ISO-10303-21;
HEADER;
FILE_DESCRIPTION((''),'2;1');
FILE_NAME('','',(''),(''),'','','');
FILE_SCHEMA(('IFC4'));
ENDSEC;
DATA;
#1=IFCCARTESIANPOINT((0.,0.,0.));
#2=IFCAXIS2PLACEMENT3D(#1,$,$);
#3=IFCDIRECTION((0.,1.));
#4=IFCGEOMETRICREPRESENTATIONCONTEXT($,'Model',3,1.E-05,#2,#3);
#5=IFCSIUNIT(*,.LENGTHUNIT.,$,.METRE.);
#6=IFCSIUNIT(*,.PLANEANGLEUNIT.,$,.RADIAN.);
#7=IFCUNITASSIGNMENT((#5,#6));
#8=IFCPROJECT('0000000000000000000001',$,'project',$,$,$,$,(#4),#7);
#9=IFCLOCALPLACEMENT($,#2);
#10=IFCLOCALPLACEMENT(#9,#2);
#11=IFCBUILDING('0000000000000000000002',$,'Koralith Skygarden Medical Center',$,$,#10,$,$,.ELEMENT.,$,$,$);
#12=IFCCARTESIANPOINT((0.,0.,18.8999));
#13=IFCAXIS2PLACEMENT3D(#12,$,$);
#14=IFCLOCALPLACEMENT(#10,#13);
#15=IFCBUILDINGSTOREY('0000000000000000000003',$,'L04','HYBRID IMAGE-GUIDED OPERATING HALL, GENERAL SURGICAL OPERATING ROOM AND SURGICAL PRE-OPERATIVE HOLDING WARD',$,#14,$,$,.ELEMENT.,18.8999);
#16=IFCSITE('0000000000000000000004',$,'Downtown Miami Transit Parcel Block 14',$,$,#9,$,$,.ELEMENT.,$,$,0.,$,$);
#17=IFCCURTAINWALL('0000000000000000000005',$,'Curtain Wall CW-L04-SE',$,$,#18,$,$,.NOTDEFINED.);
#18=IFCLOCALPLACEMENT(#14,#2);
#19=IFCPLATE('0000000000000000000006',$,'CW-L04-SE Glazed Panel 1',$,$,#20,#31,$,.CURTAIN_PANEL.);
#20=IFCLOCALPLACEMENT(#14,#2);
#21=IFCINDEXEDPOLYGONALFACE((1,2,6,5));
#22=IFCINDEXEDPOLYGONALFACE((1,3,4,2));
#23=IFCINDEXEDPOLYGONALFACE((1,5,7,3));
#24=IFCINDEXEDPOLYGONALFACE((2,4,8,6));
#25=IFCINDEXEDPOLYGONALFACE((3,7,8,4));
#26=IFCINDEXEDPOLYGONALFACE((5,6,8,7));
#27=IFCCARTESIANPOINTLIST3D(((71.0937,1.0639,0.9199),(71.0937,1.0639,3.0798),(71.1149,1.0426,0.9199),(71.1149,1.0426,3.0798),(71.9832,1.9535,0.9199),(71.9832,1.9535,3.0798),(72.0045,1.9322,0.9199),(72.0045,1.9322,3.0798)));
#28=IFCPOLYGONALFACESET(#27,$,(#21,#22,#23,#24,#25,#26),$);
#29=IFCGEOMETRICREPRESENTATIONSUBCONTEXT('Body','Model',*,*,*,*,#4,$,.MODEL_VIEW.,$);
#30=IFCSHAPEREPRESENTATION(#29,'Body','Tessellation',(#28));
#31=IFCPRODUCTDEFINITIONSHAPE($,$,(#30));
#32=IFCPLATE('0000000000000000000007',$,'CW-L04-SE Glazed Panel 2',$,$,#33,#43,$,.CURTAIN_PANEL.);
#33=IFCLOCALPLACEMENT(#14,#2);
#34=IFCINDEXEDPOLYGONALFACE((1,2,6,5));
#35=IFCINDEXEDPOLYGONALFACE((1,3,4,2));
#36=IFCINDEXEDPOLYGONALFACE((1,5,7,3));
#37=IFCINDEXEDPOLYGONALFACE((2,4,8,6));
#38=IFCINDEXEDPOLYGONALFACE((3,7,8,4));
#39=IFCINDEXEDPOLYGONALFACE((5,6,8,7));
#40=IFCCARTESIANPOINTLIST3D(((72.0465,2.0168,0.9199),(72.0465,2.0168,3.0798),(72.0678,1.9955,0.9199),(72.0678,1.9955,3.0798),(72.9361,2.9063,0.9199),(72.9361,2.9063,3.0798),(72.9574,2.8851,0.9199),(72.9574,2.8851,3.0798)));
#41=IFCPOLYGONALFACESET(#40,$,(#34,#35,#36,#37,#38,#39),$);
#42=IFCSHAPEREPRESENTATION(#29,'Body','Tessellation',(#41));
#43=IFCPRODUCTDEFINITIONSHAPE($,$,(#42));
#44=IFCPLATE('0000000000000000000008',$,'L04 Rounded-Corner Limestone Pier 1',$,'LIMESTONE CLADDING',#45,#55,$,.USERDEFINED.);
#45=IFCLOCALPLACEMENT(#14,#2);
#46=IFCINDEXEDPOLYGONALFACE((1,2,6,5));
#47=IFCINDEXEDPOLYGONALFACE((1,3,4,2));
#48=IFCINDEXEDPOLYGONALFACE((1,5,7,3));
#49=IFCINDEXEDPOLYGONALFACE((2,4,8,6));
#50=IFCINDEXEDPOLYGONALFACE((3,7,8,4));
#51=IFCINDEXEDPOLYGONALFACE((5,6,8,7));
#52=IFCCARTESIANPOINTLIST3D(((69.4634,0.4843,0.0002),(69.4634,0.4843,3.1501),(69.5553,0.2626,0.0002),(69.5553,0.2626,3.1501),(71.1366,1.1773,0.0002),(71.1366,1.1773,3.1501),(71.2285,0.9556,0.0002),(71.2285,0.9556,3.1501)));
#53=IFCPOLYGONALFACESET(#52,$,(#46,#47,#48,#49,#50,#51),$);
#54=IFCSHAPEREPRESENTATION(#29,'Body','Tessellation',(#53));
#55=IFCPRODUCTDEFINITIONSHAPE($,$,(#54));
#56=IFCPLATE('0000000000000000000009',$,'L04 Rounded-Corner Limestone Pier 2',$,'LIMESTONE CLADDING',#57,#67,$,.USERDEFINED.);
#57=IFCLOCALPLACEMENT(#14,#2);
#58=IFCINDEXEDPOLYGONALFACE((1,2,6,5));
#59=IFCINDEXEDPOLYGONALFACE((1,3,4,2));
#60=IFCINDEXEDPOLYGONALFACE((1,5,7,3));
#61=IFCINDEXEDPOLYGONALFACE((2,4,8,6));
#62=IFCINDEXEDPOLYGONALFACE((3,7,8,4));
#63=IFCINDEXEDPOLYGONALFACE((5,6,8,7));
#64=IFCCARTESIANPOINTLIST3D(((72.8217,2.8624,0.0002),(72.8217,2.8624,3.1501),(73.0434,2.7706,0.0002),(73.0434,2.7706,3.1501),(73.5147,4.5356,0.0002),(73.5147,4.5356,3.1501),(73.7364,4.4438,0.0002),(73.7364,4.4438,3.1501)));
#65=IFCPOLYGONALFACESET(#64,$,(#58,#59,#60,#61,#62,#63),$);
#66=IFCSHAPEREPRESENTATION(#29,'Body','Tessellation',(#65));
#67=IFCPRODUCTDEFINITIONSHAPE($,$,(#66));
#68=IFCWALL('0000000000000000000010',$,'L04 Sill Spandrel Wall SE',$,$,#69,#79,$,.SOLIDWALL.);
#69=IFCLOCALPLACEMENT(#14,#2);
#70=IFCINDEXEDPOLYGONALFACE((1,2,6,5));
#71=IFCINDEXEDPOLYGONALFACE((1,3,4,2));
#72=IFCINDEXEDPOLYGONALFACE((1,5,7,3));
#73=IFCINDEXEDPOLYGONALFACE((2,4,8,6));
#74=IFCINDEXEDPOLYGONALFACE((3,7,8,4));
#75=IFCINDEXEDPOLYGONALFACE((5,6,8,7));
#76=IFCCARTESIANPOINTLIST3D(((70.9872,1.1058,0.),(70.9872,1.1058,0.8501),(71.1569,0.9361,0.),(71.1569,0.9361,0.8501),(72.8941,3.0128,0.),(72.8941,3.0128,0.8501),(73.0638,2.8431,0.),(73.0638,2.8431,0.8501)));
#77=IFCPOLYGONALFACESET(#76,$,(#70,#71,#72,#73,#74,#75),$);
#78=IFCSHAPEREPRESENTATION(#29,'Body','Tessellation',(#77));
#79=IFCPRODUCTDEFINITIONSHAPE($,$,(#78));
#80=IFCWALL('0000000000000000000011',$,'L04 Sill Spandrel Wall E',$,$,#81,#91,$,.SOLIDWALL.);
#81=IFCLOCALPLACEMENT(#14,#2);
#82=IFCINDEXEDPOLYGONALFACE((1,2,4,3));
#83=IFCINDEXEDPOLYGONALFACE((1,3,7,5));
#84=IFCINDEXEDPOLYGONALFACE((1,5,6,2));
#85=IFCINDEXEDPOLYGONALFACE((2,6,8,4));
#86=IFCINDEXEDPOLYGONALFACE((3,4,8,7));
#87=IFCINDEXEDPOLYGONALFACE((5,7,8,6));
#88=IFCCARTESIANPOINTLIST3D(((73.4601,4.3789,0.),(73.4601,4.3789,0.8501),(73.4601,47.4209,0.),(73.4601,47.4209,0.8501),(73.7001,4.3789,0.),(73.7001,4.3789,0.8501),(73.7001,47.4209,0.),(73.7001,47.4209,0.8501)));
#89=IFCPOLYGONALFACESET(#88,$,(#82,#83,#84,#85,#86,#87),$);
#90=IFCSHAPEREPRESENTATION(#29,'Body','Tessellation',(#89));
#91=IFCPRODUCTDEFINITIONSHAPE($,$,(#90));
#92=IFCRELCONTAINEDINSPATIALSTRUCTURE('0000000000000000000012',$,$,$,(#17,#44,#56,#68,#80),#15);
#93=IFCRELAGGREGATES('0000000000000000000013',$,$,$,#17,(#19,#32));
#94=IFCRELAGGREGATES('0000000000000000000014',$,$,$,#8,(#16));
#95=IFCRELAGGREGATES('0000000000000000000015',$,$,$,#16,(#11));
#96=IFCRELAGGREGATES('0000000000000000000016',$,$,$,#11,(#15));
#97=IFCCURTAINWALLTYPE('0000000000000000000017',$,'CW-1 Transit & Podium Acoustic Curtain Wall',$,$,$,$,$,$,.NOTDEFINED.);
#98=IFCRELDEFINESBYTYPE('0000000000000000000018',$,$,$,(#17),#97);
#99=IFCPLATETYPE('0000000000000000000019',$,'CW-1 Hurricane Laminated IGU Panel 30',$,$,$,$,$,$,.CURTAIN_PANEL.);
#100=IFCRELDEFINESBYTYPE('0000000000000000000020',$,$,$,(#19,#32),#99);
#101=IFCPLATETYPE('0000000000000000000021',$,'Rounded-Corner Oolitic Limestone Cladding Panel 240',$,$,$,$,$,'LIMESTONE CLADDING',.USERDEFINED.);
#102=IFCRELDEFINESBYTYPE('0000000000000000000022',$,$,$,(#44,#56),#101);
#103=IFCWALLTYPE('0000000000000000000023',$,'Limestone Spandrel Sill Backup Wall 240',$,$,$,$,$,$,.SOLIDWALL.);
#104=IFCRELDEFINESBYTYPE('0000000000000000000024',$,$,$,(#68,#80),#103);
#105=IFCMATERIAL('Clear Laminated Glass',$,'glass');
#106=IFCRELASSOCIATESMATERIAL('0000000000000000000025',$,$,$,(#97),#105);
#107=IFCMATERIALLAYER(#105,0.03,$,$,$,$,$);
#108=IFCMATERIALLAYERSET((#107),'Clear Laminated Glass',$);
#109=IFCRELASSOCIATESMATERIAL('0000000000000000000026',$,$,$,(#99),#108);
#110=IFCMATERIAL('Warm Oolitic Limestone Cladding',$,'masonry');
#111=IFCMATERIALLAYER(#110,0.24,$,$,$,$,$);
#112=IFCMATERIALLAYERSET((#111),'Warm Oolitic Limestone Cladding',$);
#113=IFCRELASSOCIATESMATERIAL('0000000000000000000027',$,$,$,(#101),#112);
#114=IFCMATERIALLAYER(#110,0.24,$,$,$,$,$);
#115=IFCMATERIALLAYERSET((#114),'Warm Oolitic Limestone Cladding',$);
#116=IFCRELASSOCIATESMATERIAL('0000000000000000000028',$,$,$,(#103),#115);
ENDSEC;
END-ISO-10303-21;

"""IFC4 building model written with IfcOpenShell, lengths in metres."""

from ifc_helpers import new_model, si_unit, direction, frame, frame_2d, origin, origin_2d, place, context, subcontext, project, spatial, rectangle, extrude, material, layer, layer_set, type_object, element, aggregate, save


model = new_model("IFC4")

# Units and contexts
model_context = context("Model", 3, precision=1e-05, world=origin(), true_north=direction((0.0, 1.0)))
body_context = subcontext(model_context, "Body", "Model", "MODEL_VIEW")
ifc_project = project(units=[si_unit("LENGTHUNIT", "METRE"), si_unit("PLANEANGLEUNIT", "RADIAN")], contexts=[model_context])

# Site, building, storey
site_placement = place(None, origin())
site = spatial("IfcSite", under=ifc_project, at=site_placement, Name="Downtown Miami Transit Parcel Block 14", CompositionType="ELEMENT", RefElevation=0.0)
building_placement = place(site_placement, origin())
building = spatial("IfcBuilding", under=site, at=building_placement, Name="Koralith Skygarden Medical Center", CompositionType="ELEMENT")
storey_placement = place(building_placement, frame((0.0, 0.0, 18.8999)))
storey = spatial("IfcBuildingStorey", under=building, at=storey_placement, Name="L04", Description="HYBRID IMAGE-GUIDED OPERATING HALL, GENERAL SURGICAL OPERATING ROOM AND SURGICAL PRE-OPERATIVE HOLDING WARD", CompositionType="ELEMENT", Elevation=18.8999)

# Shared definitions
ifc_material_1 = material(Name="Clear Laminated Glass", Category="glass")
curtain_wall_type = type_object("IfcCurtainWallType", Name="CW-1 Transit & Podium Acoustic Curtain Wall", PredefinedType="NOTDEFINED", material=ifc_material_1)

# Curtain wall
curtain_wall_1_placement = place(storey_placement, origin())
curtain_wall_1 = element("IfcCurtainWall", 1, at=curtain_wall_1_placement, inside=storey, type_object=curtain_wall_type, Name="Curtain Wall CW-L04-SE", PredefinedType="NOTDEFINED")

# Plates
ifc_layer_1 = layer(ifc_material_1, 0.03)
ifc_layer_set_1 = layer_set([ifc_layer_1], Name="Clear Laminated Glass")
plate_type_1 = type_object("IfcPlateType", Name="CW-1 Hurricane Laminated IGU Panel 30", PredefinedType="CURTAIN_PANEL", material=ifc_layer_set_1)
plate_1_placement = place(storey_placement, frame((71.5491, 1.498, 0.9199), z_axis=(0.0, 0.0, 1.0), x_axis=(0.707107, 0.707107, 0.0)))
plate_1 = element("IfcPlate", 2, at=plate_1_placement, type_object=plate_type_1, Name="CW-L04-SE Glazed Panel 1", PredefinedType="CURTAIN_PANEL", context=body_context, shape_type="SweptSolid", body=[
    extrude(rectangle(XDim=1.2581, YDim=0.03, at=origin_2d()), origin(), (0.0, 0.0, 1.0), 2.1599),
])
plate_2_placement = place(storey_placement, frame((72.502, 2.4509, 0.9199), z_axis=(0.0, 0.0, 1.0), x_axis=(0.707107, 0.707107, 0.0)))
plate_2 = element("IfcPlate", 3, at=plate_2_placement, type_object=plate_type_1, Name="CW-L04-SE Glazed Panel 2", PredefinedType="CURTAIN_PANEL", context=body_context, shape_type="SweptSolid", body=[
    extrude(rectangle(XDim=1.2581, YDim=0.03, at=origin_2d()), origin(), (0.0, 0.0, 1.0), 2.1599),
])
aggregate(curtain_wall_1, [plate_1, plate_2])

# Plates
ifc_material_2 = material(Name="Warm Oolitic Limestone Cladding", Category="masonry")
ifc_layer_2 = layer(ifc_material_2, 0.24)
ifc_layer_set_2 = layer_set([ifc_layer_2], Name="Warm Oolitic Limestone Cladding")
plate_type_2 = type_object("IfcPlateType", Name="Rounded-Corner Oolitic Limestone Cladding Panel 240", ElementType="LIMESTONE CLADDING", PredefinedType="USERDEFINED", material=ifc_layer_set_2)
for number, where, z_axis, x_axis, name in (
    (4, (70.3459, 0.72, 0.0002), (0.0, 0.0, 1.0), (0.923885, 0.382671, 0.0), "L04 Rounded-Corner Limestone Pier 1"),
    (5, (73.2791, 3.6531, 0.0002), (0.0, 0.0, 1.0), (0.382671, 0.923885, 0.0), "L04 Rounded-Corner Limestone Pier 2"),
):
    element("IfcPlate", number, at=place(storey_placement, frame(where, z_axis=z_axis, x_axis=x_axis)), inside=storey, type_object=plate_type_2, Name=name, ObjectType="LIMESTONE CLADDING", PredefinedType="USERDEFINED", context=body_context, shape_type="SweptSolid", body=[
        extrude(rectangle(XDim=1.811, YDim=0.24, at=origin_2d()), origin(), (0.0, 0.0, 1.0), 3.1499),
    ])

# Walls
ifc_layer_3 = layer(ifc_material_2, 0.24)
ifc_layer_set_3 = layer_set([ifc_layer_3], Name="Warm Oolitic Limestone Cladding")
wall_type = type_object("IfcWallType", Name="Limestone Spandrel Sill Backup Wall 240", PredefinedType="SOLIDWALL", material=ifc_layer_set_3)
wall_1_placement = place(storey_placement, frame((71.072, 1.021, 0.0), z_axis=(0.0, 0.0, 1.0), x_axis=(0.707107, 0.707107, 0.0)))
element("IfcWall", 6, at=wall_1_placement, inside=storey, type_object=wall_type, Name="L04 Sill Spandrel Wall SE", PredefinedType="SOLIDWALL", context=body_context, shape_type="SweptSolid", body=[
    extrude(rectangle(XDim=2.6968, YDim=0.24, at=frame_2d((1.3484, 0.0))), origin(), (0.0, 0.0, 1.0), 0.8501),
])
wall_2_placement = place(storey_placement, frame((73.5801, 4.3789, 0.0), z_axis=(0.0, 0.0, 1.0), x_axis=(0.0, 1.0, 0.0)))
element("IfcWall", 7, at=wall_2_placement, inside=storey, type_object=wall_type, Name="L04 Sill Spandrel Wall E", PredefinedType="SOLIDWALL", context=body_context, shape_type="SweptSolid", body=[
    extrude(rectangle(XDim=43.042, YDim=0.24, at=frame_2d((21.521, 0.0))), origin(), (0.0, 0.0, 1.0), 0.8501),
])

save(model, "model.ifc")
